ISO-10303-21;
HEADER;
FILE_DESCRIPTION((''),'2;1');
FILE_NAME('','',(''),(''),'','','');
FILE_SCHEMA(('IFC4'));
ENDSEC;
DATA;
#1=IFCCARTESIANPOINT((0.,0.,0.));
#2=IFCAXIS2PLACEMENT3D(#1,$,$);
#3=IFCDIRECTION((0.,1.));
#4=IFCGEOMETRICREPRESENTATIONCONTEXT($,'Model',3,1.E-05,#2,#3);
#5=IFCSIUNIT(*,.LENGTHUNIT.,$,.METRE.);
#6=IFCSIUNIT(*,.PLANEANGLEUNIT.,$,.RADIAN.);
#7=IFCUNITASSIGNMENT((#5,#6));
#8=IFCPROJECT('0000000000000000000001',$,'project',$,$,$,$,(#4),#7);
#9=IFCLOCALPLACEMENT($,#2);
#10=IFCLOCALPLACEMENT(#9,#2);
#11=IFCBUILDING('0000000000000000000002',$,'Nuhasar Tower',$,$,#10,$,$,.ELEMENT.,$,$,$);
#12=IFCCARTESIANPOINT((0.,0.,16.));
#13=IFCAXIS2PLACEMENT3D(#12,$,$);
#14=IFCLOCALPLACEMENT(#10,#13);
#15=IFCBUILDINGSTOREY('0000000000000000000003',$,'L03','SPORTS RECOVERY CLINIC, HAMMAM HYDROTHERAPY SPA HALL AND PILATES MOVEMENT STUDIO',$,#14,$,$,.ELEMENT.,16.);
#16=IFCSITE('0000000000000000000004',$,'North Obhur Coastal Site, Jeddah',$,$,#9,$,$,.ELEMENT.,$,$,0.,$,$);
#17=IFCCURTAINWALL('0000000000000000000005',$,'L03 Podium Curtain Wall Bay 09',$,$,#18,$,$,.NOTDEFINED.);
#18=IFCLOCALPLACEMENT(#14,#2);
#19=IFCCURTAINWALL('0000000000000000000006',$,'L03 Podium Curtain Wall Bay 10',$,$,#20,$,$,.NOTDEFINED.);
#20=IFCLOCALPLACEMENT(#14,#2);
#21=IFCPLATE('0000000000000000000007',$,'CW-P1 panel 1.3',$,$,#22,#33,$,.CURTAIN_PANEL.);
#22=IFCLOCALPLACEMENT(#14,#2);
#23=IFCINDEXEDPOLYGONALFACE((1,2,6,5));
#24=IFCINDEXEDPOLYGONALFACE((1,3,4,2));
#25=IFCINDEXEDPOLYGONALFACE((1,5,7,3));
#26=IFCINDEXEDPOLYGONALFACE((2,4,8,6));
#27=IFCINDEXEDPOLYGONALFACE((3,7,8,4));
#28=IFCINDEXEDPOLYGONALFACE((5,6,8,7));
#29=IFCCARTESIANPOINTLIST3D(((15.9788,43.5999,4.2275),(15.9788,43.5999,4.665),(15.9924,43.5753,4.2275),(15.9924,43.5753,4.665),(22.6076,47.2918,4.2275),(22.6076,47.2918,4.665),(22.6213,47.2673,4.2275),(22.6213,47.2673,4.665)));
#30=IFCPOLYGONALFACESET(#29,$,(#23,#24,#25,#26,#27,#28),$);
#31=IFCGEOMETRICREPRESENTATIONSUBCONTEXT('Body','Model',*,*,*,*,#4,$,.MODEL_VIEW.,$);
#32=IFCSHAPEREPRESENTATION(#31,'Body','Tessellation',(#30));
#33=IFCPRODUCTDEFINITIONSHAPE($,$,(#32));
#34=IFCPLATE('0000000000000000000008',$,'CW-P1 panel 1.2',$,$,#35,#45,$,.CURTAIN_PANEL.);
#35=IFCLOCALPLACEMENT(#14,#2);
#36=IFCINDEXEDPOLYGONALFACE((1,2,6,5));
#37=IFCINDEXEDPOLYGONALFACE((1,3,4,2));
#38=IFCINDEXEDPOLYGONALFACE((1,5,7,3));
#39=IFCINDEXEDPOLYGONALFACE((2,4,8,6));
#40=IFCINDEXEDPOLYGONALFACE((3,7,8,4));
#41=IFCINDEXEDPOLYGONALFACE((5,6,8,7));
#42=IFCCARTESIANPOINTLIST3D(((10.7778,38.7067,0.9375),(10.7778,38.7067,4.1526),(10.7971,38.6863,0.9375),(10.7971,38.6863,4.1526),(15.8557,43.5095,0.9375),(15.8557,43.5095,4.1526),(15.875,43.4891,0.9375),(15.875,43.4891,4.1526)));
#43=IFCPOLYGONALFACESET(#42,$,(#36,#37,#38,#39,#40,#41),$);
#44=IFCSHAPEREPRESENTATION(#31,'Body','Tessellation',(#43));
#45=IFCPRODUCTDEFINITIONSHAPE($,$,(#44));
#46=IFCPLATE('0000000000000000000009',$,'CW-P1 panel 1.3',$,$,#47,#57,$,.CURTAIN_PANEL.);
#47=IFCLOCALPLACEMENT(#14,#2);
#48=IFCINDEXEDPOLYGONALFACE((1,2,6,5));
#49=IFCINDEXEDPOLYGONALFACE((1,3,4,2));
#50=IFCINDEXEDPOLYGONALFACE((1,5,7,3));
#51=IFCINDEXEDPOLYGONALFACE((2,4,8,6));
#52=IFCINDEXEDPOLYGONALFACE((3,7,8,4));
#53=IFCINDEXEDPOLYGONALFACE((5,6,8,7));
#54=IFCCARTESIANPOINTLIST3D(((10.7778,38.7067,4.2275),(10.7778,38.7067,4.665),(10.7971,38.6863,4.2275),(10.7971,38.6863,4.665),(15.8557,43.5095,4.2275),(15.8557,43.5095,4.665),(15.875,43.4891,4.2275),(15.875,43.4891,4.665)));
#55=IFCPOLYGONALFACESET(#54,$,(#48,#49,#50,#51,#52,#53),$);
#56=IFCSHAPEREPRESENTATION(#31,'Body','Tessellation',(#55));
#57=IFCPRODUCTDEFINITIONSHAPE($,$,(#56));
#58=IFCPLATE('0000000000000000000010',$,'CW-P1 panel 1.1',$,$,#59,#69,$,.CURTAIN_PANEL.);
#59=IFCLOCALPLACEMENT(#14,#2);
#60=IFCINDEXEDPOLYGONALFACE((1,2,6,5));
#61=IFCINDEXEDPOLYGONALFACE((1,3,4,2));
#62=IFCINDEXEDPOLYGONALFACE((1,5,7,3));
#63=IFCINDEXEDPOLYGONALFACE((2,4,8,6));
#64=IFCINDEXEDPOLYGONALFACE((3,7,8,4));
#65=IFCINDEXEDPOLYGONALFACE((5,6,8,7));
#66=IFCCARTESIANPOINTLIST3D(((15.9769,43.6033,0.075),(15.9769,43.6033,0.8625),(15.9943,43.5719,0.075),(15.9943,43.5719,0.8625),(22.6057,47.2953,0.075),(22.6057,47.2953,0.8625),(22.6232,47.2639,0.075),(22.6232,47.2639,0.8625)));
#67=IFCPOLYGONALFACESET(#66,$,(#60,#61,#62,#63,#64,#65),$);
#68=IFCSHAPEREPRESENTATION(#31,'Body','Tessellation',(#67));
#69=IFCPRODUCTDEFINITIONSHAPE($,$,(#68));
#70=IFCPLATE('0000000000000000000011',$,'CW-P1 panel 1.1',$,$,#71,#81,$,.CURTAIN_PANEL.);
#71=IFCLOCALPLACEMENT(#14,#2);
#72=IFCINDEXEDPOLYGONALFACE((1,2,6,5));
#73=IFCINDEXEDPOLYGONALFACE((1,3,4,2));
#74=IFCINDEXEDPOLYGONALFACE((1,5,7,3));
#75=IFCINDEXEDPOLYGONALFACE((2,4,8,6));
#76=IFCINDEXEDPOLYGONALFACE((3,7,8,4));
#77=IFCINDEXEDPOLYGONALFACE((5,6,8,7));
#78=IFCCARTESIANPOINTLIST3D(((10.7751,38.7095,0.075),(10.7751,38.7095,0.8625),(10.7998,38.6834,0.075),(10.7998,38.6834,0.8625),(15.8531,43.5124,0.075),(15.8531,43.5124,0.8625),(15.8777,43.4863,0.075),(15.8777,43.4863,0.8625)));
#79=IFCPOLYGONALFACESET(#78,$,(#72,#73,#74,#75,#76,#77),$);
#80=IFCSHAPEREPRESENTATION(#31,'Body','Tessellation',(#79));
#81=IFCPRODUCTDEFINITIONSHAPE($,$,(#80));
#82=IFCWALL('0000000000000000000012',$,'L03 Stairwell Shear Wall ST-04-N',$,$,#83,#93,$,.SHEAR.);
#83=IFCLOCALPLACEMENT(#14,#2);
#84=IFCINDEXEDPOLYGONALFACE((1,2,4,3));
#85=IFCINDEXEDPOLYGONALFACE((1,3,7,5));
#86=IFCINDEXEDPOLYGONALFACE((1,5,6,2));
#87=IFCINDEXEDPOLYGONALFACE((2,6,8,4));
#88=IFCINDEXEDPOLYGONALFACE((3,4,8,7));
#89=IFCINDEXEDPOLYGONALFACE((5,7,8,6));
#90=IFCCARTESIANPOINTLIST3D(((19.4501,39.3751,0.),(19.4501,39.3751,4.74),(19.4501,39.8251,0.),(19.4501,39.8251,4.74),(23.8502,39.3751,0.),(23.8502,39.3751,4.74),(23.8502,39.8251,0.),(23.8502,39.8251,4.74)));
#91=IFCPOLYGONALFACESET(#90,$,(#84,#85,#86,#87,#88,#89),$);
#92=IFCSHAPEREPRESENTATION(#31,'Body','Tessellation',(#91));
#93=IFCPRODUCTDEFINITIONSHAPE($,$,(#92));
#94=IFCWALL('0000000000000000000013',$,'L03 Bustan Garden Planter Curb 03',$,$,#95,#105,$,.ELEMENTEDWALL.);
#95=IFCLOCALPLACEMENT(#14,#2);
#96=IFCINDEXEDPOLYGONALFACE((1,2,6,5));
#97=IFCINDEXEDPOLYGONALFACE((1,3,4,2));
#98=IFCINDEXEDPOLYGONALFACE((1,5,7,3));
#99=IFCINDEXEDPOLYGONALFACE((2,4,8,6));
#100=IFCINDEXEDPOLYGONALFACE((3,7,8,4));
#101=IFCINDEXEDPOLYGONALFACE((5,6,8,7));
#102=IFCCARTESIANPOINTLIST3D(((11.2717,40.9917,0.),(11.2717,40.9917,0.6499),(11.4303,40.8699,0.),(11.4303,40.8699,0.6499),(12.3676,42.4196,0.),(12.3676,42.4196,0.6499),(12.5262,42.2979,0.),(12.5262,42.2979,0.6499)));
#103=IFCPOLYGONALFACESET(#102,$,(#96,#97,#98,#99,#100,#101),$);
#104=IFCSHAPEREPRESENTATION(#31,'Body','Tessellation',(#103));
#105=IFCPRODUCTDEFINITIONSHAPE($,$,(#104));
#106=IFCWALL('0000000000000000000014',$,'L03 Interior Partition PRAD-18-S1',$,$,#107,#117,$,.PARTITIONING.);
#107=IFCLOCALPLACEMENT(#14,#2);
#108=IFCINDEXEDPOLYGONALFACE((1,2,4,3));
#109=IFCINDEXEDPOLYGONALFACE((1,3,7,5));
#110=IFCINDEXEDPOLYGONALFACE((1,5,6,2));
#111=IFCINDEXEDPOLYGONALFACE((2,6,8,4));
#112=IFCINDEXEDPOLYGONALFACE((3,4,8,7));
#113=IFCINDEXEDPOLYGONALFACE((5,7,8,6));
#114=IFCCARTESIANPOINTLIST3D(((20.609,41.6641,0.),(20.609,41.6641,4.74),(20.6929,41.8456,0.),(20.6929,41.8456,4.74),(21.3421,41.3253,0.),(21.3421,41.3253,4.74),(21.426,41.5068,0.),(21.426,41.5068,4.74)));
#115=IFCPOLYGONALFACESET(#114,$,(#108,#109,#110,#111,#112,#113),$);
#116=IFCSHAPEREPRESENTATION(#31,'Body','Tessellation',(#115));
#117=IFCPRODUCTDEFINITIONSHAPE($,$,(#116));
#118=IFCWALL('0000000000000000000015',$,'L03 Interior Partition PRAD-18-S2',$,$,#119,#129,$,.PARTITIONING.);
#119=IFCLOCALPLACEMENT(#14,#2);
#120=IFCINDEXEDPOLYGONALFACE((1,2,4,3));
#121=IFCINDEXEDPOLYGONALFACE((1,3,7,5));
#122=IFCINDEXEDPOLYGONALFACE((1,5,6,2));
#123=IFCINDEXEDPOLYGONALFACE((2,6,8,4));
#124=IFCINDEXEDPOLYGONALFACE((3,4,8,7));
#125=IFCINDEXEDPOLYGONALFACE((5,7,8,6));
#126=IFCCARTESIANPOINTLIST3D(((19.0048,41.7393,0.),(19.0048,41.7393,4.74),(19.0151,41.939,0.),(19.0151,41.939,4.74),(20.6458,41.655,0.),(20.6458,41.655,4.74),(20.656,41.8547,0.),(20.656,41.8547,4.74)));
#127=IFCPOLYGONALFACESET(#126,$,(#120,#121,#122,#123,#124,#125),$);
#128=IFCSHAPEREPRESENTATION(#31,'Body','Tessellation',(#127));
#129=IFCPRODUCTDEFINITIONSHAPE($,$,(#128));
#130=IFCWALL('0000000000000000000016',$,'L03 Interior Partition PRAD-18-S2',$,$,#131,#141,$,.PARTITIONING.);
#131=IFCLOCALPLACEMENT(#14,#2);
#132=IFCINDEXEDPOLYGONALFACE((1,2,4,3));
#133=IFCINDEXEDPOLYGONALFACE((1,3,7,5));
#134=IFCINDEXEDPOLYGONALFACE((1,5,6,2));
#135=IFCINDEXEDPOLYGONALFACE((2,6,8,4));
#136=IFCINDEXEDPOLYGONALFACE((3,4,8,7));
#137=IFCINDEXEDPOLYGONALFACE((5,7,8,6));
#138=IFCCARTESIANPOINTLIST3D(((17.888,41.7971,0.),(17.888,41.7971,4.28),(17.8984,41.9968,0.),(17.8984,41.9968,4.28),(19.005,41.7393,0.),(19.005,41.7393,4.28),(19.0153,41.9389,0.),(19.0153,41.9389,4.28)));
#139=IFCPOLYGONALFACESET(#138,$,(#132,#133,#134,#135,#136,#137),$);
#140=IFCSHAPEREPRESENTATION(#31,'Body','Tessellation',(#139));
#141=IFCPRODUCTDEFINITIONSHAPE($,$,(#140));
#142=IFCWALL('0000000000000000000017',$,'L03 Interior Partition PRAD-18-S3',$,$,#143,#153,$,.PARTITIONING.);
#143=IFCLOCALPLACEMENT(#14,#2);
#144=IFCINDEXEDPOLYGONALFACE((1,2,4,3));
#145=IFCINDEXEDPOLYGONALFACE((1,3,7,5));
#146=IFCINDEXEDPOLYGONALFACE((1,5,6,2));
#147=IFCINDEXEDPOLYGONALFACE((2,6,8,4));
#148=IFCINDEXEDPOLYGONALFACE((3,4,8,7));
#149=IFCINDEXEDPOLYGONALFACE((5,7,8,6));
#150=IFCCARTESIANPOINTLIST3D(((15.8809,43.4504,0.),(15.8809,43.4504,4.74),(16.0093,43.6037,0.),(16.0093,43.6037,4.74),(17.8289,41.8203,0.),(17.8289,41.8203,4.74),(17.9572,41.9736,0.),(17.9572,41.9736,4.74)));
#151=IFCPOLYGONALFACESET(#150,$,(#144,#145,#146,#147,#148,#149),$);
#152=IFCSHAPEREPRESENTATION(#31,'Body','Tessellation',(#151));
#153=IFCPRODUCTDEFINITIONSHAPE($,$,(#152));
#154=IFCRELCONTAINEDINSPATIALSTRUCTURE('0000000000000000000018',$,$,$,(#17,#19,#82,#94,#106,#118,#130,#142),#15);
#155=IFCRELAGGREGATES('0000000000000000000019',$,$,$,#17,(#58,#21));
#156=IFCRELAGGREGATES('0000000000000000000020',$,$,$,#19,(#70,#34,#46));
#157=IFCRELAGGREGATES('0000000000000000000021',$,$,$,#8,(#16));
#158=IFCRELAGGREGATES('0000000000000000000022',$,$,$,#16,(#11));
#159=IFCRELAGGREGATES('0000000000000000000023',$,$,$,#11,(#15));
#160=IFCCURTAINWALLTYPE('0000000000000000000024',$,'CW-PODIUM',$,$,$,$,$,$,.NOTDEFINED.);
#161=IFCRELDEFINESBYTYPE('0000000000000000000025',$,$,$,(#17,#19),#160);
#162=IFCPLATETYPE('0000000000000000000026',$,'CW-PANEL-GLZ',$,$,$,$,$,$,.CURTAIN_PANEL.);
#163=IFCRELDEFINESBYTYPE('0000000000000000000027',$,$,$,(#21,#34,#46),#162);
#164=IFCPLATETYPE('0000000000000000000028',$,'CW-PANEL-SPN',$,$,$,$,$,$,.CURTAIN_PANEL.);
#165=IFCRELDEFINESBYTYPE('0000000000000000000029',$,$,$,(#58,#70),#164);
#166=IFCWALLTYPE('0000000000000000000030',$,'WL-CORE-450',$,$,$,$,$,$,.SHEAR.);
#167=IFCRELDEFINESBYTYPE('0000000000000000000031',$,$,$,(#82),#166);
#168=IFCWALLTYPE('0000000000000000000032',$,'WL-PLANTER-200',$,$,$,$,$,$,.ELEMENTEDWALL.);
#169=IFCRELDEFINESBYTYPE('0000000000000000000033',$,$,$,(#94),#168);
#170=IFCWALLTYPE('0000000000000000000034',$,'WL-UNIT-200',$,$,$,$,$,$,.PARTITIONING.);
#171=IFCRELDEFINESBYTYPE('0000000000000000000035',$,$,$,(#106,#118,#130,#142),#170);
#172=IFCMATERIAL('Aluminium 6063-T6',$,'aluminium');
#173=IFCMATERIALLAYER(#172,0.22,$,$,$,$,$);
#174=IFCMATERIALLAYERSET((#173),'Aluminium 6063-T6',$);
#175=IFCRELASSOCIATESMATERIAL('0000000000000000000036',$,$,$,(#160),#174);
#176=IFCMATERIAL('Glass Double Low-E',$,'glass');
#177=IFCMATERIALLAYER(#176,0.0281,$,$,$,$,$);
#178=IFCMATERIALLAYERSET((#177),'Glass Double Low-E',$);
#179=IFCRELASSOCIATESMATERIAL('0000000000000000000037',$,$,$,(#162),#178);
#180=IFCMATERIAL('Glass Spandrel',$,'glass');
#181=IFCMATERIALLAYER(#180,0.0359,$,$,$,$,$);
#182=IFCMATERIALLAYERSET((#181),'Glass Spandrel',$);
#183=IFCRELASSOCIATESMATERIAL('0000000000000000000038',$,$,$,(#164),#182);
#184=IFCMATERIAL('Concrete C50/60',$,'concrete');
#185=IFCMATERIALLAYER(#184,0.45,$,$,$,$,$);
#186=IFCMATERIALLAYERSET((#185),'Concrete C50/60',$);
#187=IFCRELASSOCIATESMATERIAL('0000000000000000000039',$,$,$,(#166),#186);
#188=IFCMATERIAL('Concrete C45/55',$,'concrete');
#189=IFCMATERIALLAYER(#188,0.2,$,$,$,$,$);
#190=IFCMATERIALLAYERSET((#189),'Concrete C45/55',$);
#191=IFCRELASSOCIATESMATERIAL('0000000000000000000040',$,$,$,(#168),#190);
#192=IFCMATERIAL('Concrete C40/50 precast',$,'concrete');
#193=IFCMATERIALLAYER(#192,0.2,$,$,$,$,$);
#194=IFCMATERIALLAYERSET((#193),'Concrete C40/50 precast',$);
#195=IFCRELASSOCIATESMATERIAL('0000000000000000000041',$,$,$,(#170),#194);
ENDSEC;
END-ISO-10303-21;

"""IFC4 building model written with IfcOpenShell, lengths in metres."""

from ifc_helpers import new_model, si_unit, direction, frame, frame_2d, origin, origin_2d, place, context, subcontext, project, spatial, rectangle, extrude, material, layer, layer_set, type_object, element, aggregate, save


model = new_model("IFC4")

# Units and contexts
model_context = context("Model", 3, precision=1e-05, world=origin(), true_north=direction((0.0, 1.0)))
body_context = subcontext(model_context, "Body", "Model", "MODEL_VIEW")
ifc_project = project(units=[si_unit("LENGTHUNIT", "METRE"), si_unit("PLANEANGLEUNIT", "RADIAN")], contexts=[model_context])

# Site, building, storey
site_placement = place(None, origin())
site = spatial("IfcSite", under=ifc_project, at=site_placement, Name="North Obhur Coastal Site, Jeddah", CompositionType="ELEMENT", RefElevation=0.0)
building_placement = place(site_placement, origin())
building = spatial("IfcBuilding", under=site, at=building_placement, Name="Nuhasar Tower", CompositionType="ELEMENT")
storey_placement = place(building_placement, frame((0.0, 0.0, 16.0)))
storey = spatial("IfcBuildingStorey", under=building, at=storey_placement, Name="L03", Description="SPORTS RECOVERY CLINIC, HAMMAM HYDROTHERAPY SPA HALL AND PILATES MOVEMENT STUDIO", CompositionType="ELEMENT", Elevation=16.0)

# Shared definitions
ifc_material_1 = material(Name="Concrete C50/60", Category="concrete")

# Curtain wall
ifc_material_2 = material(Name="Aluminium 6063-T6", Category="aluminium")
ifc_layer_1 = layer(ifc_material_2, 0.22)
ifc_layer_set_1 = layer_set([ifc_layer_1], Name="Aluminium 6063-T6")
curtain_wall_type = type_object("IfcCurtainWallType", Name="CW-PODIUM", PredefinedType="NOTDEFINED", material=ifc_layer_set_1)
curtain_wall_1_placement = place(storey_placement, origin())
curtain_wall_1 = element("IfcCurtainWall", 1, at=curtain_wall_1_placement, inside=storey, type_object=curtain_wall_type, Name="L03 Podium Curtain Wall Bay 09", PredefinedType="NOTDEFINED")

# Curtain wall
curtain_wall_2_placement = place(storey_placement, origin())
curtain_wall_2 = element("IfcCurtainWall", 2, at=curtain_wall_2_placement, inside=storey, type_object=curtain_wall_type, Name="L03 Podium Curtain Wall Bay 10", PredefinedType="NOTDEFINED")

# Plates
ifc_material_3 = material(Name="Glass Double Low-E", Category="glass")
ifc_layer_2 = layer(ifc_material_3, 0.0281)
ifc_layer_set_2 = layer_set([ifc_layer_2], Name="Glass Double Low-E")
plate_type_1 = type_object("IfcPlateType", Name="CW-PANEL-GLZ", PredefinedType="CURTAIN_PANEL", material=ifc_layer_set_2)
plate_1_placement = place(storey_placement, frame((19.3, 45.4336, 4.2275), z_axis=(0.0, 0.0, 1.0), x_axis=(-0.873639, -0.486575, 0.0)))
plate_1 = element("IfcPlate", 3, at=plate_1_placement, type_object=plate_type_1, Name="CW-P1 panel 1.3", PredefinedType="CURTAIN_PANEL", context=body_context, shape_type="SweptSolid", body=[
    extrude(rectangle(XDim=7.5876, YDim=0.0281, at=origin_2d()), origin(), (0.0, 0.0, 1.0), 0.4375),
])
plate_2_placement = place(storey_placement, frame((13.3264, 41.0979, 0.9375), z_axis=(0.0, 0.0, 1.0), x_axis=(-0.726512, -0.687154, 0.0)))
plate_2 = element("IfcPlate", 4, at=plate_2_placement, type_object=plate_type_1, Name="CW-P1 panel 1.2", PredefinedType="CURTAIN_PANEL", context=body_context, shape_type="SweptSolid", body=[
    extrude(rectangle(XDim=6.9895, YDim=0.0281, at=origin_2d()), origin(), (0.0, 0.0, 1.0), 3.2151),
])
plate_3_placement = place(storey_placement, frame((13.3264, 41.0979, 4.2275), z_axis=(0.0, 0.0, 1.0), x_axis=(-0.726512, -0.687154, 0.0)))
plate_3 = element("IfcPlate", 5, at=plate_3_placement, type_object=plate_type_1, Name="CW-P1 panel 1.3", PredefinedType="CURTAIN_PANEL", context=body_context, shape_type="SweptSolid", body=[
    extrude(rectangle(XDim=6.9895, YDim=0.0281, at=origin_2d()), origin(), (0.0, 0.0, 1.0), 0.4375),
])
ifc_material_4 = material(Name="Glass Spandrel", Category="glass")
ifc_layer_3 = layer(ifc_material_4, 0.0359)
ifc_layer_set_3 = layer_set([ifc_layer_3], Name="Glass Spandrel")
plate_type_2 = type_object("IfcPlateType", Name="CW-PANEL-SPN", PredefinedType="CURTAIN_PANEL", material=ifc_layer_set_3)
plate_4_placement = place(storey_placement, frame((19.3, 45.4336, 0.075), z_axis=(0.0, 0.0, 1.0), x_axis=(-0.873639, -0.486575, 0.0)))
plate_4 = element("IfcPlate", 6, at=plate_4_placement, type_object=plate_type_2, Name="CW-P1 panel 1.1", PredefinedType="CURTAIN_PANEL", context=body_context, shape_type="SweptSolid", body=[
    extrude(rectangle(XDim=7.5876, YDim=0.0359, at=origin_2d()), origin(), (0.0, 0.0, 1.0), 0.7876),
])
aggregate(curtain_wall_1, [plate_4, plate_1])
plate_5_placement = place(storey_placement, frame((13.3264, 41.0979, 0.075), z_axis=(0.0, 0.0, 1.0), x_axis=(-0.726512, -0.687154, 0.0)))
plate_5 = element("IfcPlate", 7, at=plate_5_placement, type_object=plate_type_2, Name="CW-P1 panel 1.1", PredefinedType="CURTAIN_PANEL", context=body_context, shape_type="SweptSolid", body=[
    extrude(rectangle(XDim=6.9895, YDim=0.0359, at=origin_2d()), origin(), (0.0, 0.0, 1.0), 0.7876),
])
aggregate(curtain_wall_2, [plate_5, plate_2, plate_3])

# Walls
ifc_layer_4 = layer(ifc_material_1, 0.45)
ifc_layer_set_4 = layer_set([ifc_layer_4], Name="Concrete C50/60")
wall_type_1 = type_object("IfcWallType", Name="WL-CORE-450", PredefinedType="SHEAR", material=ifc_layer_set_4)
wall_1_placement = place(storey_placement, frame((19.45, 39.6001, 0.0), z_axis=(0.0, 0.0, 1.0), x_axis=(1.0, 0.0, 0.0)))
element("IfcWall", 8, at=wall_1_placement, inside=storey, type_object=wall_type_1, Name="L03 Stairwell Shear Wall ST-04-N", PredefinedType="SHEAR", context=body_context, shape_type="SweptSolid", body=[
    extrude(rectangle(XDim=4.4001, YDim=0.45, at=frame_2d((2.2002, 0.0))), origin(), (0.0, 0.0, 1.0), 4.74),
])
ifc_material_5 = material(Name="Concrete C45/55", Category="concrete")
ifc_layer_5 = layer(ifc_material_5, 0.2)
ifc_layer_set_5 = layer_set([ifc_layer_5], Name="Concrete C45/55")
wall_type_2 = type_object("IfcWallType", Name="WL-PLANTER-200", PredefinedType="ELEMENTEDWALL", material=ifc_layer_set_5)
wall_2_placement = place(storey_placement, frame((11.3511, 40.9309, 0.0), z_axis=(0.0, 0.0, 1.0), x_axis=(0.608839, 0.793294, 0.0)))
element("IfcWall", 9, at=wall_2_placement, inside=storey, type_object=wall_type_2, Name="L03 Bustan Garden Planter Curb 03", PredefinedType="ELEMENTEDWALL", context=body_context, shape_type="SweptSolid", body=[
    extrude(rectangle(XDim=1.8, YDim=0.2, at=frame_2d((0.8999, 0.0))), origin(), (0.0, 0.0, 1.0), 0.6499),
])
ifc_material_6 = material(Name="Concrete C40/50 precast", Category="concrete")
ifc_layer_6 = layer(ifc_material_6, 0.2)
ifc_layer_set_6 = layer_set([ifc_layer_6], Name="Concrete C40/50 precast")
wall_type_3 = type_object("IfcWallType", Name="WL-UNIT-200", PredefinedType="PARTITIONING", material=ifc_layer_set_6)
wall_3_placement = place(storey_placement, frame((21.384, 41.416, 0.0), z_axis=(0.0, 0.0, 1.0), x_axis=(-0.907729, 0.419556, 0.0)))
element("IfcWall", 10, at=wall_3_placement, inside=storey, type_object=wall_type_3, Name="L03 Interior Partition PRAD-18-S1", PredefinedType="PARTITIONING", context=body_context, shape_type="SweptSolid", body=[
    extrude(rectangle(XDim=0.8076, YDim=0.2, at=frame_2d((0.4038, 0.0))), origin(), (0.0, 0.0, 1.0), 4.74),
])
wall_4_placement = place(storey_placement, frame((20.6509, 41.7549, 0.0), z_axis=(0.0, 0.0, 1.0), x_axis=(-0.998685, 0.051264, 0.0)))
element("IfcWall", 11, at=wall_4_placement, inside=storey, type_object=wall_type_3, Name="L03 Interior Partition PRAD-18-S2", PredefinedType="PARTITIONING", context=body_context, shape_type="SweptSolid", body=[
    extrude(rectangle(XDim=1.6431, YDim=0.2, at=frame_2d((0.8215, 0.0))), origin(), (0.0, 0.0, 1.0), 4.74),
])
wall_5_placement = place(storey_placement, frame((19.01, 41.8391, 0.0), z_axis=(0.0, 0.0, 1.0), x_axis=(-0.998661, 0.051734, 0.0)))
element("IfcWall", 12, at=wall_5_placement, inside=storey, type_object=wall_type_3, Name="L03 Interior Partition PRAD-18-S2", PredefinedType="PARTITIONING", context=body_context, shape_type="SweptSolid", body=[
    extrude(rectangle(XDim=1.1184, YDim=0.2, at=frame_2d((0.5591, 0.0))), origin(), (0.0, 0.0, 1.0), 4.28),
])
wall_6_placement = place(storey_placement, frame((17.8931, 41.897, 0.0), z_axis=(0.0, 0.0, 1.0), x_axis=(-0.766904, 0.641762, 0.0)))
element("IfcWall", 13, at=wall_6_placement, inside=storey, type_object=wall_type_3, Name="L03 Interior Partition PRAD-18-S3", PredefinedType="PARTITIONING", context=body_context, shape_type="SweptSolid", body=[
    extrude(rectangle(XDim=2.54, YDim=0.2, at=frame_2d((1.27, 0.0))), origin(), (0.0, 0.0, 1.0), 4.74),
])

save(model, "model.ifc")
